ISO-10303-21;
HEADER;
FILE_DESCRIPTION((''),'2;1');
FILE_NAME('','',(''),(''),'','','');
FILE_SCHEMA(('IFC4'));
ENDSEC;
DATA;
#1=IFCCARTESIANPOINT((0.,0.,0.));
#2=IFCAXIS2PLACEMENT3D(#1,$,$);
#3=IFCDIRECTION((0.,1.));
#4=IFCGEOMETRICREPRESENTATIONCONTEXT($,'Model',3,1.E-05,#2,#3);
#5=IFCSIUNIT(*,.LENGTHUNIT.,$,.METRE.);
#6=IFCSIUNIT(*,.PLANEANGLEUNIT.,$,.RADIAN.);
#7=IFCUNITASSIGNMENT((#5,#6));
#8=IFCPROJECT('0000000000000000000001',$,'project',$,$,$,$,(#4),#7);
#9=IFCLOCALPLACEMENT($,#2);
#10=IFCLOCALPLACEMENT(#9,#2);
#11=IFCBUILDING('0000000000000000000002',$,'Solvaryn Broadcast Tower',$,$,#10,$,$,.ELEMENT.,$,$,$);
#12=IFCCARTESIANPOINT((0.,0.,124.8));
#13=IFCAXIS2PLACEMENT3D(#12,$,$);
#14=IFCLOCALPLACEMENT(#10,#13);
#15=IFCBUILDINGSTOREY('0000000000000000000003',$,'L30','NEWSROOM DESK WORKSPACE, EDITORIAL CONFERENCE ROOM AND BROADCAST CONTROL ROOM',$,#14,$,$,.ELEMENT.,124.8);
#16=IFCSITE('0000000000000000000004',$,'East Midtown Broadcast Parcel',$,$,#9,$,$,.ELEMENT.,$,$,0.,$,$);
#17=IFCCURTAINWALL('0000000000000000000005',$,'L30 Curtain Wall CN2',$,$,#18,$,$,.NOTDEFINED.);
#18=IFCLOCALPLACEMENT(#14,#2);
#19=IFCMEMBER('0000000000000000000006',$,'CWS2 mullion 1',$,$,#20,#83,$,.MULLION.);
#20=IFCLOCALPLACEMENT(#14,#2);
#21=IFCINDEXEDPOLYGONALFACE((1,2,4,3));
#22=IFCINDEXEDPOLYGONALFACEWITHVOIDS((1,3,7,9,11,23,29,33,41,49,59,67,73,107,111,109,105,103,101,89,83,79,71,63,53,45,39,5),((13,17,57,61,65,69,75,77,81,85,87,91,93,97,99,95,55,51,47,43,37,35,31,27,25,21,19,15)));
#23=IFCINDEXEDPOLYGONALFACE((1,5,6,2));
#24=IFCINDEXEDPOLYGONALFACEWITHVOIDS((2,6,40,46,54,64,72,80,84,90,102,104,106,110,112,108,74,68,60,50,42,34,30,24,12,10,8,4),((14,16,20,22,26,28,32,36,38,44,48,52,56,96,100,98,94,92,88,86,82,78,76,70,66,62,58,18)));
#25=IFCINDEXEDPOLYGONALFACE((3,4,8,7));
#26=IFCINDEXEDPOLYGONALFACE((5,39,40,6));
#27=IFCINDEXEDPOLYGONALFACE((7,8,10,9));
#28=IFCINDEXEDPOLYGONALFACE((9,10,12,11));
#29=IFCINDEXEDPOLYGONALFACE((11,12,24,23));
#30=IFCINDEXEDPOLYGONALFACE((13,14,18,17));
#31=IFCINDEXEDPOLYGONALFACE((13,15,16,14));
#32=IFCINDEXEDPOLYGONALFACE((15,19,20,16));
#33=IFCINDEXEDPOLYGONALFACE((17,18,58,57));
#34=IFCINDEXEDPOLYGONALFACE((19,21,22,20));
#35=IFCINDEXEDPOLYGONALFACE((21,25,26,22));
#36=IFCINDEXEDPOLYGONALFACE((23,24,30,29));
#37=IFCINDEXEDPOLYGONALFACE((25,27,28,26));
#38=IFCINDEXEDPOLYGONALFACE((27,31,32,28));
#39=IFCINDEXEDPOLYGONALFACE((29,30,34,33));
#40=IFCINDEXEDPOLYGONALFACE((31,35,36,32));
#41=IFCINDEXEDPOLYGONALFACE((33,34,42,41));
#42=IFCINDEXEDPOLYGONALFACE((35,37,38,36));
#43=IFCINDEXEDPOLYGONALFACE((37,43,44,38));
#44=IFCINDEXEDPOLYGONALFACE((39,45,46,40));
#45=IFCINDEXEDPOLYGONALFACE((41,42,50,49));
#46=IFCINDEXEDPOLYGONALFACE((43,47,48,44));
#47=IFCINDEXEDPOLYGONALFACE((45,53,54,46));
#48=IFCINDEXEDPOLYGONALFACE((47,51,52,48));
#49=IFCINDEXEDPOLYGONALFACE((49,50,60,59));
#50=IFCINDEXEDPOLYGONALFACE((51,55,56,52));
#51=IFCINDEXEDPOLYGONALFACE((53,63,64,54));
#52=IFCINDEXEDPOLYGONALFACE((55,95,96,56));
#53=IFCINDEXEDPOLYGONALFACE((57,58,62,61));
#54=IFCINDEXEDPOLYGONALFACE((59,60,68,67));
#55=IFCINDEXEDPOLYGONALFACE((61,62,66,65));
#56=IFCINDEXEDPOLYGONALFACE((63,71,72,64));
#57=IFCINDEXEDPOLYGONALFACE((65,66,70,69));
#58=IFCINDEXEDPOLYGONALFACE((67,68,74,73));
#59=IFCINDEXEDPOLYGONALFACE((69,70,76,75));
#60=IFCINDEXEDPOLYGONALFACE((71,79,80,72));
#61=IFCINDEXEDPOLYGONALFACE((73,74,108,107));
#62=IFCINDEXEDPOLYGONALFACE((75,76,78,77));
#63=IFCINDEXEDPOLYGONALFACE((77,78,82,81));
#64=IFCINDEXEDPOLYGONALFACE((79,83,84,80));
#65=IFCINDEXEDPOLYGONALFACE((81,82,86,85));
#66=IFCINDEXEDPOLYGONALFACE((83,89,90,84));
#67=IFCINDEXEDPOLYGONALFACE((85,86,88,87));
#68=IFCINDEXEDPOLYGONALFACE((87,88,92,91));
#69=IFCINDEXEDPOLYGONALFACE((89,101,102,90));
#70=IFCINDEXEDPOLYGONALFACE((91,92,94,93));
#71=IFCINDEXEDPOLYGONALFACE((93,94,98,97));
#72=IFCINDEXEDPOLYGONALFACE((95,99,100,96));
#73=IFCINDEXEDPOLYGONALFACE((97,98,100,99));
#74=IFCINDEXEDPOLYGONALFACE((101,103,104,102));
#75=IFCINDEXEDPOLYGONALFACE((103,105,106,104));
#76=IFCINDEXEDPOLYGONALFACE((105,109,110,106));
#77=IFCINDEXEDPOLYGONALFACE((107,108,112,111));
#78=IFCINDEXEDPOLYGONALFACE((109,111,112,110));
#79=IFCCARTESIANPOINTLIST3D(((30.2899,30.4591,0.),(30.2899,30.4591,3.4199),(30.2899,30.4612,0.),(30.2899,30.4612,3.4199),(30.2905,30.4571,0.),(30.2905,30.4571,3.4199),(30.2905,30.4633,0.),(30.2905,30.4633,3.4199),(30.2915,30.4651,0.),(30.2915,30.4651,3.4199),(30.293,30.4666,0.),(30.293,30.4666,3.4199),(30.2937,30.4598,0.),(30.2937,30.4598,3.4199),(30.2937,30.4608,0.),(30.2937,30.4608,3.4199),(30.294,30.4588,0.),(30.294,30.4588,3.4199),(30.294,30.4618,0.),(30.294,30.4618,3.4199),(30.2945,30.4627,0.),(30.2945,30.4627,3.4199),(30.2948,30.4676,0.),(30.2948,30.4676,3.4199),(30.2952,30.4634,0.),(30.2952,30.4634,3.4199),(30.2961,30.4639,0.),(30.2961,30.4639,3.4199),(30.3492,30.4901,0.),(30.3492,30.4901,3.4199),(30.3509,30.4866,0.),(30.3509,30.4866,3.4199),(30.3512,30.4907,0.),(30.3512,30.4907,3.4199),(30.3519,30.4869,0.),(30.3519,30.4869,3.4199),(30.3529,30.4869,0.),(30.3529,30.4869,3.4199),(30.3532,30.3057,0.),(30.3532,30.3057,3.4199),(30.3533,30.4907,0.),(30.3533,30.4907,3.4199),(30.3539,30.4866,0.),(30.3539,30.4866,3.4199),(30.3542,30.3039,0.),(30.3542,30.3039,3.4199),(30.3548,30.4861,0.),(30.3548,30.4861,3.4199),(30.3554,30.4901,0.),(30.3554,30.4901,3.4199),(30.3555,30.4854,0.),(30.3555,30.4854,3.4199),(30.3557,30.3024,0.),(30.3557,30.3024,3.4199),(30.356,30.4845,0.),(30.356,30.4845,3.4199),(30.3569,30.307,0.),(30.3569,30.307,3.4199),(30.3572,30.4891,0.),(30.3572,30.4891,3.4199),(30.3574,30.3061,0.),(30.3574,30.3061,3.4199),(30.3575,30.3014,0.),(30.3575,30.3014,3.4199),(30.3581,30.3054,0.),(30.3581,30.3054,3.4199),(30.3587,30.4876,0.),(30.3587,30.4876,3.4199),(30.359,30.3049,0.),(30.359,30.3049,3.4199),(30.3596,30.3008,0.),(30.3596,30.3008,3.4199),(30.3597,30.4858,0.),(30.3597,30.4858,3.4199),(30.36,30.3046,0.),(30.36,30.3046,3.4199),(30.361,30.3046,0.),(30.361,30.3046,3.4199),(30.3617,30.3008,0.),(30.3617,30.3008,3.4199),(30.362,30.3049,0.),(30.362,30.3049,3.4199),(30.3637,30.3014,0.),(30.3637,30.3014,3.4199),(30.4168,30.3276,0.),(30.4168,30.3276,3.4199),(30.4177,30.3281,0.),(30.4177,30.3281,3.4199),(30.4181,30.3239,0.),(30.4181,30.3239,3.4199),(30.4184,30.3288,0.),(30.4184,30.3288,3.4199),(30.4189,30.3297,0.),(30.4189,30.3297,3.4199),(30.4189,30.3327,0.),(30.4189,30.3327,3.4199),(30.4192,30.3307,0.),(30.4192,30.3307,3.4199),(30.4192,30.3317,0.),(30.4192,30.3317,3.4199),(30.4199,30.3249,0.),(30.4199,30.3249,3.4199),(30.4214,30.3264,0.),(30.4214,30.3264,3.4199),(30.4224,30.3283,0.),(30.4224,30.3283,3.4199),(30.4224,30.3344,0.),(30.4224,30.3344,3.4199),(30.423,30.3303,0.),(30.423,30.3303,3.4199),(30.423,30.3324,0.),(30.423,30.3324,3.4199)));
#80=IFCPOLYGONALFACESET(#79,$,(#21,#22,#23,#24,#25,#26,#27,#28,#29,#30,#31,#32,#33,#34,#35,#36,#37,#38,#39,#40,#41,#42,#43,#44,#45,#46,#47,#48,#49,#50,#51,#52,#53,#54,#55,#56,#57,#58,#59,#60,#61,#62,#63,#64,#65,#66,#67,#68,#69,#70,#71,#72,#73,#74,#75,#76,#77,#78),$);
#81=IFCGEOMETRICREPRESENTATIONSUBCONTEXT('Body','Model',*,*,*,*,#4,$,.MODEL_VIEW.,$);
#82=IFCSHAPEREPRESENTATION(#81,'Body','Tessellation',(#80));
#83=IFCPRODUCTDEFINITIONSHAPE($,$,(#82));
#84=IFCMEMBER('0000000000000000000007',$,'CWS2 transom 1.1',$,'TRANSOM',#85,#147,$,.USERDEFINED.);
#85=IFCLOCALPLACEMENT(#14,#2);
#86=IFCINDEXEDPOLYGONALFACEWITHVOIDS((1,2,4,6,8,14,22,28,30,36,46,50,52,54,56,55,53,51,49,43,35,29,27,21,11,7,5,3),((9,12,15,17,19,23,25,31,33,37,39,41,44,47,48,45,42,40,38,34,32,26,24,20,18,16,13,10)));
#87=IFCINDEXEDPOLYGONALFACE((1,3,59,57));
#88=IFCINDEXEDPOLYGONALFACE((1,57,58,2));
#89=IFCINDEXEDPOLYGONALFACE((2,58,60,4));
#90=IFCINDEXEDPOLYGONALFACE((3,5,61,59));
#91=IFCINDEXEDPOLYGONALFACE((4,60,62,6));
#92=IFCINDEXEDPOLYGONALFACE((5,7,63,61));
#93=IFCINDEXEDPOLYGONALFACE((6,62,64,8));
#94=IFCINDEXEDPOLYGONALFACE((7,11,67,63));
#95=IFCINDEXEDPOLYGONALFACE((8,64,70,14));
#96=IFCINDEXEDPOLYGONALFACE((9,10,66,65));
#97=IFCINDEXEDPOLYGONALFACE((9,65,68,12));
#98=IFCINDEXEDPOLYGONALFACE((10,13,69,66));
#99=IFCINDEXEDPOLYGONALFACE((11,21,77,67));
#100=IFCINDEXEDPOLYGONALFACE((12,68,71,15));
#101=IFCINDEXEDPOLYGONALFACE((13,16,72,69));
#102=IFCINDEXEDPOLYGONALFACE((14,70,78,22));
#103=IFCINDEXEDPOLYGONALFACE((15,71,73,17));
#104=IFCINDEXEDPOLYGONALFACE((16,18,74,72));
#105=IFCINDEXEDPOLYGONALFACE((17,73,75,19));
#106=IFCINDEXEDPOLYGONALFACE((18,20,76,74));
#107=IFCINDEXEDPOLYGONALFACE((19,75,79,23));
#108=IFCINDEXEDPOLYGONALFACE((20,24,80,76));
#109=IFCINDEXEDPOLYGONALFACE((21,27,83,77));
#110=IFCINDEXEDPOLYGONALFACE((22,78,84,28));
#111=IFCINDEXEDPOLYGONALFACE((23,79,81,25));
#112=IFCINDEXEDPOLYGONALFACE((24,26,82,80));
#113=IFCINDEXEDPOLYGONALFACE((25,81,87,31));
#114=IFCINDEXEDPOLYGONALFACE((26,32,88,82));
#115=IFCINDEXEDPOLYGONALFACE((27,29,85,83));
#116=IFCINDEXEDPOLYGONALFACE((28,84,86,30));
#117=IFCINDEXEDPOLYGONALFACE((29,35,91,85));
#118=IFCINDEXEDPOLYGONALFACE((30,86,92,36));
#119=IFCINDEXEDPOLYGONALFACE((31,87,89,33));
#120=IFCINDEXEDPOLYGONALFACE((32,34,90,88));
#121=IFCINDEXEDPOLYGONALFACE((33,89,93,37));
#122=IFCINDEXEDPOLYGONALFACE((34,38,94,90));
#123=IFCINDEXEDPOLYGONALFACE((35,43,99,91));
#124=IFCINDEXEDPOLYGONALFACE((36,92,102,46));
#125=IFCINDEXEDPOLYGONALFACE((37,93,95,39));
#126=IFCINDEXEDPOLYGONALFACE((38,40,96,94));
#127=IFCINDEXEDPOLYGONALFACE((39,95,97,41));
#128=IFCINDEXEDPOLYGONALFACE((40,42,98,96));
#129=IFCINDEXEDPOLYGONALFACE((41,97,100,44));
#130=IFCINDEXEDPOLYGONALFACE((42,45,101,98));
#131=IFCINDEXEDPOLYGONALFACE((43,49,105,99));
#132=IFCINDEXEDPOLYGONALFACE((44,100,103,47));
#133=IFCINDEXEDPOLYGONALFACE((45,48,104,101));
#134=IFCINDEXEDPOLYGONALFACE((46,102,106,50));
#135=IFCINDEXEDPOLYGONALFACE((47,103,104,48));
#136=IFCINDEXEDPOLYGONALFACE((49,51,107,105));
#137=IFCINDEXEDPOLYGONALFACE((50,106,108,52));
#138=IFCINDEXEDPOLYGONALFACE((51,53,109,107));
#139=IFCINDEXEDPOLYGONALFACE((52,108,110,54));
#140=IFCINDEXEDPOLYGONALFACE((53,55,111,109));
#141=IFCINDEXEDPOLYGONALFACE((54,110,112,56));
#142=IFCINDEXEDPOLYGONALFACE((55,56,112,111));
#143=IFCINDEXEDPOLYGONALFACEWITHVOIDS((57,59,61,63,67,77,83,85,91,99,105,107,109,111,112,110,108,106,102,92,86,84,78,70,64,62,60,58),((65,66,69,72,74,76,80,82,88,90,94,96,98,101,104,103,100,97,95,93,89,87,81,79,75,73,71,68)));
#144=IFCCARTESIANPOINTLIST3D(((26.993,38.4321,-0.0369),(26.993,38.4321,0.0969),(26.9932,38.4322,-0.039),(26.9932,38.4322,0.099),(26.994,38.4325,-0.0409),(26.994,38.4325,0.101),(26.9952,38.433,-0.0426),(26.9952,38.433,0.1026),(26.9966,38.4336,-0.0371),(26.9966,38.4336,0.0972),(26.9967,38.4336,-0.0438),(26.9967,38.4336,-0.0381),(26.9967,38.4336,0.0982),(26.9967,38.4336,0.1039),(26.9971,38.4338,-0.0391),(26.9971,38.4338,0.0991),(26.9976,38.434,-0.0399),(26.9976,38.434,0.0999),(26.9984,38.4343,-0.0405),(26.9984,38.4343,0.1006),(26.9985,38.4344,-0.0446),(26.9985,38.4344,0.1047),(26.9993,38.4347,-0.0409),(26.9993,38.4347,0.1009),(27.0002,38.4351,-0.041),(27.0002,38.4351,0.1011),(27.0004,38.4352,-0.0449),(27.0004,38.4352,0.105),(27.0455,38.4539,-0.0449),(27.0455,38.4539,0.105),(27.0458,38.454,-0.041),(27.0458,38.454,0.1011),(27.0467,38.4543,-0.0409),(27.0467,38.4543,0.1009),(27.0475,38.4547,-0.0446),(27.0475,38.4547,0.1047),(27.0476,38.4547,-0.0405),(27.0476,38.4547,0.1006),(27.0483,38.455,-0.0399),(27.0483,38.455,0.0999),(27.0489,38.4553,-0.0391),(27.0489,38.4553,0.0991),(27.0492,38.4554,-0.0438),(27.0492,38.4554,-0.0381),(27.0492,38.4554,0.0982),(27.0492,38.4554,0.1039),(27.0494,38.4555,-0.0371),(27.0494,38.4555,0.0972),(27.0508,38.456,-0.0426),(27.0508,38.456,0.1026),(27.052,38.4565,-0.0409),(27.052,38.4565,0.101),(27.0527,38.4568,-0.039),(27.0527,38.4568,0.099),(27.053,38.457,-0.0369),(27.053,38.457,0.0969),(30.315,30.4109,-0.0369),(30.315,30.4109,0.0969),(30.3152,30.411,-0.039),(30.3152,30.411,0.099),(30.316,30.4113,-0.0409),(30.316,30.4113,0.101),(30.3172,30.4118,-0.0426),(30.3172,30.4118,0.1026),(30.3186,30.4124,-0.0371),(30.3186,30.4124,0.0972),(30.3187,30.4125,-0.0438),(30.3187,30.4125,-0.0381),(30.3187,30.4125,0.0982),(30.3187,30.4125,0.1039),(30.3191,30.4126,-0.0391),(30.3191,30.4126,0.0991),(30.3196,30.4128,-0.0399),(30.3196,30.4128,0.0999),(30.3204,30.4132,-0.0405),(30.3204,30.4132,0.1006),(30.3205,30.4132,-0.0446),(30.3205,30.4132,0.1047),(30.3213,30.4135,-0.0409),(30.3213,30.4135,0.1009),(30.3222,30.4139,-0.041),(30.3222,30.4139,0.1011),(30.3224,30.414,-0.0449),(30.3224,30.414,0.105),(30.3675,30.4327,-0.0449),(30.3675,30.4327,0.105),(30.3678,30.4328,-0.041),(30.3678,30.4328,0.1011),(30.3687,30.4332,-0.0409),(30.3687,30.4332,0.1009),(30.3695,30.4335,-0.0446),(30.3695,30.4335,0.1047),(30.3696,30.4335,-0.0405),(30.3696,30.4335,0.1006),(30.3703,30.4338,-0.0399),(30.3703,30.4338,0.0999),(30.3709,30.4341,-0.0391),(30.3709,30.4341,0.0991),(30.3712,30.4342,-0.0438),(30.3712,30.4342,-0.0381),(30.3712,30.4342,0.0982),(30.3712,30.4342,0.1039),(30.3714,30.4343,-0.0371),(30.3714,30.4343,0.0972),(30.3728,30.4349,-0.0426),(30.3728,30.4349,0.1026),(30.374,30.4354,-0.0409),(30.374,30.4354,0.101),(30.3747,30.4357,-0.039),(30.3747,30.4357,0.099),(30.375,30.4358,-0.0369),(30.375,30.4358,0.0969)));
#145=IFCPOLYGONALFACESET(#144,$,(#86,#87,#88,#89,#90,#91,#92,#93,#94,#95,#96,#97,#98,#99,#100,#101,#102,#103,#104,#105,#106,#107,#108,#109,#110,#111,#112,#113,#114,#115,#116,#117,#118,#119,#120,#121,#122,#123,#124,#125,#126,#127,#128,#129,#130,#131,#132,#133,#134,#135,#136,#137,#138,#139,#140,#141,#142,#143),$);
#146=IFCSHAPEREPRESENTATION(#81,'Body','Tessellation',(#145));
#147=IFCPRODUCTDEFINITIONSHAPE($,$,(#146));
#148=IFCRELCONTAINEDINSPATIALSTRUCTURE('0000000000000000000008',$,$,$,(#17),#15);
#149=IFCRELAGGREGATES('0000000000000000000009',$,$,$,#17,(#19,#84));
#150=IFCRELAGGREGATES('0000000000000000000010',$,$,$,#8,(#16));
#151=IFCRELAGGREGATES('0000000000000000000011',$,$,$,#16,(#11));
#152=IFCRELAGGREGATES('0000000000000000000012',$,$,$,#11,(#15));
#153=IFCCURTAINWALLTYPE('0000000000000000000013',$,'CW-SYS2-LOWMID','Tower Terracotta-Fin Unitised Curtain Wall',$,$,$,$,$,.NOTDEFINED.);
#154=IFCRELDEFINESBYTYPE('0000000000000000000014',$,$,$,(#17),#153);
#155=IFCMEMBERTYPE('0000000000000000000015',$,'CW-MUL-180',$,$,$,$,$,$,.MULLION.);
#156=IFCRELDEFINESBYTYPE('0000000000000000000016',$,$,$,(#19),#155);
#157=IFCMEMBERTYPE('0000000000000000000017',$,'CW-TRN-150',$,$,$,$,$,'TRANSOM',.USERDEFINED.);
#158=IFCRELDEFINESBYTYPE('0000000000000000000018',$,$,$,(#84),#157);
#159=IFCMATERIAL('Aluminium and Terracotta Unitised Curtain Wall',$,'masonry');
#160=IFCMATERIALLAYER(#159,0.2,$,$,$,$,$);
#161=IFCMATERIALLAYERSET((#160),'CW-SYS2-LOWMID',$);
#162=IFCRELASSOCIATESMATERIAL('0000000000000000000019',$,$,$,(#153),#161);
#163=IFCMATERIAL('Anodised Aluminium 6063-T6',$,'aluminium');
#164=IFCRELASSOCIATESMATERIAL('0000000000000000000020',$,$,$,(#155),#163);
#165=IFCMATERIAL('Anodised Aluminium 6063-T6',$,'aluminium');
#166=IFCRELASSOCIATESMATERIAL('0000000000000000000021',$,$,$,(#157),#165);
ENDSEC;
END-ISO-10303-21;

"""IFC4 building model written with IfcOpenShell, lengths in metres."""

from ifc_helpers import new_model, si_unit, direction, frame, origin, origin_2d, place, context, subcontext, project, spatial, hollow_rectangle, extrude, material, layer, layer_set, material_profile, profile_set, type_object, element, aggregate, save


model = new_model("IFC4")

# Units and contexts
model_context = context("Model", 3, precision=1e-05, world=origin(), true_north=direction((0.0, 1.0)))
body_context = subcontext(model_context, "Body", "Model", "MODEL_VIEW")
ifc_project = project(units=[si_unit("LENGTHUNIT", "METRE"), si_unit("PLANEANGLEUNIT", "RADIAN")], contexts=[model_context])

# Site, building, storey
site_placement = place(None, origin())
site = spatial("IfcSite", under=ifc_project, at=site_placement, Name="East Midtown Broadcast Parcel", CompositionType="ELEMENT", RefElevation=0.0)
building_placement = place(site_placement, origin())
building = spatial("IfcBuilding", under=site, at=building_placement, Name="Solvaryn Broadcast Tower", CompositionType="ELEMENT")
storey_placement = place(building_placement, frame((0.0, 0.0, 124.8)))
storey = spatial("IfcBuildingStorey", under=building, at=storey_placement, Name="L30", Description="NEWSROOM DESK WORKSPACE, EDITORIAL CONFERENCE ROOM AND BROADCAST CONTROL ROOM", CompositionType="ELEMENT", Elevation=124.8)

# Shared definitions
ifc_material_1 = material(Name="Aluminium and Terracotta Unitised Curtain Wall", Category="masonry")
ifc_layer_1 = layer(ifc_material_1, 0.2)
ifc_layer_set_1 = layer_set([ifc_layer_1], Name="CW-SYS2-LOWMID")
curtain_wall_type = type_object("IfcCurtainWallType", Name="CW-SYS2-LOWMID", Description="Tower Terracotta-Fin Unitised Curtain Wall", PredefinedType="NOTDEFINED", material=ifc_layer_set_1)
ifc_material_2 = material(Name="Anodised Aluminium 6063-T6", Category="aluminium")
ifc_material_profile_1 = material_profile(ifc_material_2, hollow_rectangle(XDim=0.075, YDim=0.1799, WallThickness=0.0039, InnerFilletRadius=0.0039, OuterFilletRadius=0.0081, at=origin_2d()))
ifc_profile_set_1 = profile_set([ifc_material_profile_1], Name="Anodised Aluminium 6063-T6")
member_type_1 = type_object("IfcMemberType", Name="CW-MUL-180", PredefinedType="MULLION", material=ifc_profile_set_1)

# Curtain wall, members
curtain_wall_1_placement = place(storey_placement, origin())
curtain_wall_1 = element("IfcCurtainWall", 1, at=curtain_wall_1_placement, inside=storey, type_object=curtain_wall_type, Name="L30 Curtain Wall CN2", PredefinedType="NOTDEFINED")
member_1_placement = place(storey_placement, frame((30.3564, 30.3958, 0.0), z_axis=(0.0, 0.0, 1.0), x_axis=(-0.923895, -0.382646, 0.0)))
member_1 = element("IfcMember", 2, at=member_1_placement, type_object=member_type_1, Name="CWS2 mullion 1", PredefinedType="MULLION", context=body_context, shape_type="SweptSolid", body=[
    extrude(hollow_rectangle(XDim=0.075, YDim=0.1799, WallThickness=0.0039, InnerFilletRadius=0.0039, OuterFilletRadius=0.0081, at=origin_2d()), origin(), (0.0, 0.0, 1.0), 3.4199),
])
ifc_material_3 = material(Name="Anodised Aluminium 6063-T6", Category="aluminium")
ifc_material_profile_2 = material_profile(ifc_material_3, hollow_rectangle(XDim=0.0649, YDim=0.1499, WallThickness=0.0039, InnerFilletRadius=0.0039, OuterFilletRadius=0.0081, at=origin_2d()))
ifc_profile_set_2 = profile_set([ifc_material_profile_2], Name="Anodised Aluminium 6063-T6")
member_type_2 = type_object("IfcMemberType", Name="CW-TRN-150", ElementType="TRANSOM", PredefinedType="USERDEFINED", material=ifc_profile_set_2)
member_2_placement = place(storey_placement, frame((30.345, 30.4233, 0.03), z_axis=(-0.382636, 0.923899, 0.0), x_axis=(-0.923899, -0.382636, 0.0)))
member_2 = element("IfcMember", 3, at=member_2_placement, type_object=member_type_2, Name="CWS2 transom 1.1", ObjectType="TRANSOM", PredefinedType="USERDEFINED", context=body_context, shape_type="SweptSolid", body=[
    extrude(hollow_rectangle(XDim=0.0649, YDim=0.1499, WallThickness=0.0039, InnerFilletRadius=0.0039, OuterFilletRadius=0.0081, at=origin_2d()), origin(), (0.0, 0.0, 1.0), 8.6819),
])

aggregate(curtain_wall_1, [member_1, member_2])

save(model, "model.ifc")
